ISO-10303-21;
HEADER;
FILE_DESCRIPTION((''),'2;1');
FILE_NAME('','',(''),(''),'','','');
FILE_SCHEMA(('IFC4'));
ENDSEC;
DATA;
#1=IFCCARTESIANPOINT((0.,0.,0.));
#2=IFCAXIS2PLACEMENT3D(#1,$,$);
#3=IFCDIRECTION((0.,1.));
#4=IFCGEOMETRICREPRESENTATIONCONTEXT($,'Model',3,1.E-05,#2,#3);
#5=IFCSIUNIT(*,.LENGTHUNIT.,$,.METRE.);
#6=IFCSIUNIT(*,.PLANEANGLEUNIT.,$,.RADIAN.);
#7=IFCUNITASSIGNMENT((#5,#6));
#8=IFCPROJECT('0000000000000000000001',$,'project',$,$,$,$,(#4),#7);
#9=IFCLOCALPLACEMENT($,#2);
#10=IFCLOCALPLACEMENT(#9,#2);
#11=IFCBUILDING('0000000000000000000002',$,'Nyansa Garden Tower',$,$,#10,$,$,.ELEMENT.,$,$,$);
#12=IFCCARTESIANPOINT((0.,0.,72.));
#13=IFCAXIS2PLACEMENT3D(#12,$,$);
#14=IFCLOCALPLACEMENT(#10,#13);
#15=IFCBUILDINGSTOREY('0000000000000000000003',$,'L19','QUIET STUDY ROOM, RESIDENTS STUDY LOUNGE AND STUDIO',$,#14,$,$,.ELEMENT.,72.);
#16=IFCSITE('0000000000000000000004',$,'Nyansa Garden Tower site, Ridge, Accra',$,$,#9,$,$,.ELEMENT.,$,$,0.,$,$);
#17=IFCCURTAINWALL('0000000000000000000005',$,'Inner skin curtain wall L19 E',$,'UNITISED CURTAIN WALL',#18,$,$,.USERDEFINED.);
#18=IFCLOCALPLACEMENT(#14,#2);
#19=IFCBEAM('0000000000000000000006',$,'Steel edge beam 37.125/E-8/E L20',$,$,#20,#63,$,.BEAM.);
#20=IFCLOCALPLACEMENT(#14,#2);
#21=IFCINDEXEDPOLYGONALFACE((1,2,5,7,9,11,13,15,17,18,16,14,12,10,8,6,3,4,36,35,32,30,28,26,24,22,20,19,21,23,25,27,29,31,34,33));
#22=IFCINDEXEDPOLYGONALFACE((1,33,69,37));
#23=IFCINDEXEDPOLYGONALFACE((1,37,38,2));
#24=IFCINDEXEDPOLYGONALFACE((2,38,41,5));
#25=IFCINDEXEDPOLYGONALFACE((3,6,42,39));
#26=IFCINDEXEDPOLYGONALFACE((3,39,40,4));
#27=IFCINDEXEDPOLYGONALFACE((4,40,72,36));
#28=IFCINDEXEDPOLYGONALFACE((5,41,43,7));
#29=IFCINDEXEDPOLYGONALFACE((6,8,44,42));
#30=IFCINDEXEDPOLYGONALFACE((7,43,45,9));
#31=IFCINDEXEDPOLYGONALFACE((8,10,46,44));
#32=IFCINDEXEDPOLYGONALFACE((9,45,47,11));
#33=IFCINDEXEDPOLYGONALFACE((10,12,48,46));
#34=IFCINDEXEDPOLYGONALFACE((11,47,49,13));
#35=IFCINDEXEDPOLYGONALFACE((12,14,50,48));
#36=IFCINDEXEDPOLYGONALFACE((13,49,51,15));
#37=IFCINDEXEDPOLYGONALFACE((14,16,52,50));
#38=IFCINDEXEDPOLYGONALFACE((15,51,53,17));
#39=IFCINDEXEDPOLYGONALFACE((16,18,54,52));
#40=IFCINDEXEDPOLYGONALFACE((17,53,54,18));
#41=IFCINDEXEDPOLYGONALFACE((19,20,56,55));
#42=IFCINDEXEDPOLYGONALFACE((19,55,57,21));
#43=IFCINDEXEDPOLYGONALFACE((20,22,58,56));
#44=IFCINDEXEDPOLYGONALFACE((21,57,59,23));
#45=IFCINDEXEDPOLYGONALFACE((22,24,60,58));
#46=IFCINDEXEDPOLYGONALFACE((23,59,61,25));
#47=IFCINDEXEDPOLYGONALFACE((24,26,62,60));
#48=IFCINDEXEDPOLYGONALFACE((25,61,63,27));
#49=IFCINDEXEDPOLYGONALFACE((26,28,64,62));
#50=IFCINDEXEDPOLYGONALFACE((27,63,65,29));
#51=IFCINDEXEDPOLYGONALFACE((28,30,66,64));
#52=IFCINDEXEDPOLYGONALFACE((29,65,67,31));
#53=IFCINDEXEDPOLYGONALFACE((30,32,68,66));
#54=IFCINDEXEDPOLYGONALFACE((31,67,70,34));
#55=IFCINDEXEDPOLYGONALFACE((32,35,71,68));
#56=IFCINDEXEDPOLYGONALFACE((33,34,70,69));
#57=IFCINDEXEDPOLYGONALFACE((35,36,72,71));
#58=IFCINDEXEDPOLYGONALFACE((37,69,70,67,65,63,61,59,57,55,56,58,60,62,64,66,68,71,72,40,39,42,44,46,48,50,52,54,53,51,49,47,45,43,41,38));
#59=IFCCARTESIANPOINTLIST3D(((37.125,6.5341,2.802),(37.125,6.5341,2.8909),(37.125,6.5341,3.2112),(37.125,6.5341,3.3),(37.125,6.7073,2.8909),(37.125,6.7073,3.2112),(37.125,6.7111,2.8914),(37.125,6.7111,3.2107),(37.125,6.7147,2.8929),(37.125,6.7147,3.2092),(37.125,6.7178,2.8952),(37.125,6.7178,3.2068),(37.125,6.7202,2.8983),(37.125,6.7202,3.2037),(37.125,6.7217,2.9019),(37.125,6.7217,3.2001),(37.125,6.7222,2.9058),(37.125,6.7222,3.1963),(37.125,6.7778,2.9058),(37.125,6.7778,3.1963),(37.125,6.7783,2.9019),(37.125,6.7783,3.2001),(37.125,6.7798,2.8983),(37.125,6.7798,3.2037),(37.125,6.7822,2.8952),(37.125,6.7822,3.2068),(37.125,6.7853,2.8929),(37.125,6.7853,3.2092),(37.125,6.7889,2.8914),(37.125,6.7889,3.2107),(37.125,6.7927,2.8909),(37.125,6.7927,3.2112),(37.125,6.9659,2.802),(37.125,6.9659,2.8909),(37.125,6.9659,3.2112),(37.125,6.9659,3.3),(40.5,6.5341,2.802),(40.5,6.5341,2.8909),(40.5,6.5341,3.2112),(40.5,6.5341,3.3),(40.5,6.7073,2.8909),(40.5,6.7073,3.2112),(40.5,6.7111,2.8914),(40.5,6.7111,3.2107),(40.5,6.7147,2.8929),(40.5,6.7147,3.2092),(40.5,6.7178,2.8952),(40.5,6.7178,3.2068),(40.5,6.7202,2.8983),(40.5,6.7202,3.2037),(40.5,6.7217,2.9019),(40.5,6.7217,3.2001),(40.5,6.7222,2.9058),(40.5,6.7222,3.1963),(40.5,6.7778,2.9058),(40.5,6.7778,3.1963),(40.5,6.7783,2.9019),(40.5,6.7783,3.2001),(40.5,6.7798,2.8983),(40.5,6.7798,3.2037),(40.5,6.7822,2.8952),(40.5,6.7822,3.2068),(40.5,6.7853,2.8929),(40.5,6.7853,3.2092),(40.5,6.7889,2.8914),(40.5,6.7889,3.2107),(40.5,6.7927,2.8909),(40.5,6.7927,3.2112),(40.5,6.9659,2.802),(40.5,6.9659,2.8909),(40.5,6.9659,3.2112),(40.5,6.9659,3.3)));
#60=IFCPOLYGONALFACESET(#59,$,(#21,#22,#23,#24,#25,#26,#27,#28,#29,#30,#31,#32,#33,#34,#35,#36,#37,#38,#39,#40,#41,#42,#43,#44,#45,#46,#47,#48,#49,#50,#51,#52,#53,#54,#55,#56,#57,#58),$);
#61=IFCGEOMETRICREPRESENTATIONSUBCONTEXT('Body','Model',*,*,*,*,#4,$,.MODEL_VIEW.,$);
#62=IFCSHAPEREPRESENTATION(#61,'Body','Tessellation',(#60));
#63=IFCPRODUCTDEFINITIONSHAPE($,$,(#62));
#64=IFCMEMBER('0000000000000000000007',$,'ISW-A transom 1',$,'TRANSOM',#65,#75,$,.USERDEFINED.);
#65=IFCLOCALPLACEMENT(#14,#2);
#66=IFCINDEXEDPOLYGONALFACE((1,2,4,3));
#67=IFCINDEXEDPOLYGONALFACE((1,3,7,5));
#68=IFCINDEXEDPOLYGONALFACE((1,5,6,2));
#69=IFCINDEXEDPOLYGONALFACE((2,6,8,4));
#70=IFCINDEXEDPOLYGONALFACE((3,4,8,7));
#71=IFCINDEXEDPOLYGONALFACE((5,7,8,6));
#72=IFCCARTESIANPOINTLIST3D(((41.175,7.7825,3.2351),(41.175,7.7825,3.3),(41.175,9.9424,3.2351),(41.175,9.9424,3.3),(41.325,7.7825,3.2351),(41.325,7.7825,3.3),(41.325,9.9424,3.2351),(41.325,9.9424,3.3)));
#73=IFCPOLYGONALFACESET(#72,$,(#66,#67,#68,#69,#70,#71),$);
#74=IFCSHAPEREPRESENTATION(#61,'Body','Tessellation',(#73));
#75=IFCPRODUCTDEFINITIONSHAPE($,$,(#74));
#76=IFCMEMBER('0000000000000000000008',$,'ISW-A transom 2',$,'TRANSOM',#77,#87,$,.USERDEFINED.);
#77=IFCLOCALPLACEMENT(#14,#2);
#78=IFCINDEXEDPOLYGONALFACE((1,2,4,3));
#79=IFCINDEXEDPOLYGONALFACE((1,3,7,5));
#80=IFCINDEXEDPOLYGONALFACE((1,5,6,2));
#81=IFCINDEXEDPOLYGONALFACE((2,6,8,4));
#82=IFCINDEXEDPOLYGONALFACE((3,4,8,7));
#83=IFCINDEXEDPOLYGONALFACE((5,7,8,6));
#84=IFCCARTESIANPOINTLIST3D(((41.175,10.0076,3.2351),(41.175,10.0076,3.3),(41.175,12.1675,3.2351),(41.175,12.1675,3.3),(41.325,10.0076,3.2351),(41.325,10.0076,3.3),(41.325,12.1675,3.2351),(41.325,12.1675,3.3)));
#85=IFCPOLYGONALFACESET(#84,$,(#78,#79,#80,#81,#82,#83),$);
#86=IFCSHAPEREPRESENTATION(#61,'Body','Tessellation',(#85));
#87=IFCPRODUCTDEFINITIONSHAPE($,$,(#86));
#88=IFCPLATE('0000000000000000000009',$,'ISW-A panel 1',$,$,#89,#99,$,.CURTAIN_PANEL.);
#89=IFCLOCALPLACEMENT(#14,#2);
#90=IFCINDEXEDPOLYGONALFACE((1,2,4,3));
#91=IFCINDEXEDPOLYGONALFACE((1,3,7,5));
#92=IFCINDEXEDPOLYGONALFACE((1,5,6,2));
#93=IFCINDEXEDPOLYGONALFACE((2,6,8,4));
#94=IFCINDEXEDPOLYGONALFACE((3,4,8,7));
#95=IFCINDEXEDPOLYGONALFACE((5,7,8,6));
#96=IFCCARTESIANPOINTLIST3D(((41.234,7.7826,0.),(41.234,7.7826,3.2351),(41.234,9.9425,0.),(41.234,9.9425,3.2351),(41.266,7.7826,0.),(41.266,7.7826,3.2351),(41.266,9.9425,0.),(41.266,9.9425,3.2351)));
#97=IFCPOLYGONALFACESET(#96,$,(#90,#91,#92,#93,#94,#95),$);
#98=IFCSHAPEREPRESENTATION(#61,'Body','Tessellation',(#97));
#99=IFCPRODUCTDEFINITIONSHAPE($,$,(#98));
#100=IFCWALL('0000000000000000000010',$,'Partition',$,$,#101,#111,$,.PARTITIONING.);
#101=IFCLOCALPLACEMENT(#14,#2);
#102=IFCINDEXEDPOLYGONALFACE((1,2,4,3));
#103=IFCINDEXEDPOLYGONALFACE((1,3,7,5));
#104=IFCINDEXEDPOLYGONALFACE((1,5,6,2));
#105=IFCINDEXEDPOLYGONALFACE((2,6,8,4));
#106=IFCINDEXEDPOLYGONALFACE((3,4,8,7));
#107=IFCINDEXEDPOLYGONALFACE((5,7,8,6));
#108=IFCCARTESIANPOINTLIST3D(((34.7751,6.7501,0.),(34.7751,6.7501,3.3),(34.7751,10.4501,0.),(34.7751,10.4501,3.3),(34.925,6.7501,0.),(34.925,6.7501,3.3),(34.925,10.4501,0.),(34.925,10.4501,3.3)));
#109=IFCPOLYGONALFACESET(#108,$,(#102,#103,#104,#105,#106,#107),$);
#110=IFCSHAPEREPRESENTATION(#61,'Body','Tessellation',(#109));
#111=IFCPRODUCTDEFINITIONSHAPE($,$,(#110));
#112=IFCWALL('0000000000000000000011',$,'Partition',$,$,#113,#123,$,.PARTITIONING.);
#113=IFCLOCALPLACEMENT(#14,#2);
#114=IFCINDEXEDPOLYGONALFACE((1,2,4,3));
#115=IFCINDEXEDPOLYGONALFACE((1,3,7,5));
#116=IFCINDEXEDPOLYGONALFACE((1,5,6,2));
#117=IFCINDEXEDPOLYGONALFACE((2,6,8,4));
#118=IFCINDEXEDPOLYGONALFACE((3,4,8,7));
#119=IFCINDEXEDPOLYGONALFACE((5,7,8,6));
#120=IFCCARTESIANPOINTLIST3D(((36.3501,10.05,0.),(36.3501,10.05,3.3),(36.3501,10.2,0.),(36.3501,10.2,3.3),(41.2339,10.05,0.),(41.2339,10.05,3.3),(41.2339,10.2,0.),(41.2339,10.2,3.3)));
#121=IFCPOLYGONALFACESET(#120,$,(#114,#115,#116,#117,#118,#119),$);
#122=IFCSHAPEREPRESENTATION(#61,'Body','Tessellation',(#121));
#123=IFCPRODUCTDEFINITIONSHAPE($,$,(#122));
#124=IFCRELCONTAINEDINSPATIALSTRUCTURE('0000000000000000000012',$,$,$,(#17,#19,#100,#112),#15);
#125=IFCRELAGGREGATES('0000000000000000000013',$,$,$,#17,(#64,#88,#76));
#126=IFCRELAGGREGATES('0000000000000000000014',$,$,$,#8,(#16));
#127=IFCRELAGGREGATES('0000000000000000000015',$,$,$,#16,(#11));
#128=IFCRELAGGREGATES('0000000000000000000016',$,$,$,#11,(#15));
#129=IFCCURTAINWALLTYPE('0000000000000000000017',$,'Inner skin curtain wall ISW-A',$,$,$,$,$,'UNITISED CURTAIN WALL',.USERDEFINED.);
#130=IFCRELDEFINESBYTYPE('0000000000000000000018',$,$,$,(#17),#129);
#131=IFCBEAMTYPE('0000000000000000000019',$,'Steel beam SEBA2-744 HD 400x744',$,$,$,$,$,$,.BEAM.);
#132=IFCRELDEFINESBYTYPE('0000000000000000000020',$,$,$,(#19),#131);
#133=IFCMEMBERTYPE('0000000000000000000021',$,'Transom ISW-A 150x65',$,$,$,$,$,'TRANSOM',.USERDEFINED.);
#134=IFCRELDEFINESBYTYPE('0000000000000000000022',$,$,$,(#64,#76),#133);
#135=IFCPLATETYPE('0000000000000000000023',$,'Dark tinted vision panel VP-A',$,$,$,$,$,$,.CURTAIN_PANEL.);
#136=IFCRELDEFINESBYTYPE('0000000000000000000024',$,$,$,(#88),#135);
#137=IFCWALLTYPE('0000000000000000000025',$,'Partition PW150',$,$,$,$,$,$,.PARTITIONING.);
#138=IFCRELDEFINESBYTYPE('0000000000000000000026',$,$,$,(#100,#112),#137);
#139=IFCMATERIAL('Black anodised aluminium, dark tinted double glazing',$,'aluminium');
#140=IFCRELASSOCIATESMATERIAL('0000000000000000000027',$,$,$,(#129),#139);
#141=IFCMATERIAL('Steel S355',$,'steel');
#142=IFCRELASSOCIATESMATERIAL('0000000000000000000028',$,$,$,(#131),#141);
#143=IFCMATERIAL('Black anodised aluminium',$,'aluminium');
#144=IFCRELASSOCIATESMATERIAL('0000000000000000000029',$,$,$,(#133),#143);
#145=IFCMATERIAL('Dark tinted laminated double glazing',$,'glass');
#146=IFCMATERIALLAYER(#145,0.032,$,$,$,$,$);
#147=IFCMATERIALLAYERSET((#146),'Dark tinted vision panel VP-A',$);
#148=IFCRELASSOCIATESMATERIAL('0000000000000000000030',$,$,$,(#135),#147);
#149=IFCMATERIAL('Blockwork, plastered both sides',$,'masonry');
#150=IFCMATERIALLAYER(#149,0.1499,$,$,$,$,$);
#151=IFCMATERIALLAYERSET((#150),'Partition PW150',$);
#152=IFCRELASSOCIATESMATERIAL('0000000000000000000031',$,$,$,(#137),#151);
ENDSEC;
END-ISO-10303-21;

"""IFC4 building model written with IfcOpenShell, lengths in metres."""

from ifc_helpers import new_model, si_unit, direction, frame, frame_2d, origin, origin_2d, place, context, subcontext, project, spatial, rectangle, i_section, extrude, material, layer, layer_set, material_profile, profile_set, type_object, element, aggregate, save


model = new_model("IFC4")

# Units and contexts
model_context = context("Model", 3, precision=1e-05, world=origin(), true_north=direction((0.0, 1.0)))
body_context = subcontext(model_context, "Body", "Model", "MODEL_VIEW")
ifc_project = project(units=[si_unit("LENGTHUNIT", "METRE"), si_unit("PLANEANGLEUNIT", "RADIAN")], contexts=[model_context])

# Site, building, storey
site_placement = place(None, origin())
site = spatial("IfcSite", under=ifc_project, at=site_placement, Name="Nyansa Garden Tower site, Ridge, Accra", CompositionType="ELEMENT", RefElevation=0.0)
building_placement = place(site_placement, origin())
building = spatial("IfcBuilding", under=site, at=building_placement, Name="Nyansa Garden Tower", CompositionType="ELEMENT")
storey_placement = place(building_placement, frame((0.0, 0.0, 72.0)))
storey = spatial("IfcBuildingStorey", under=building, at=storey_placement, Name="L19", Description="QUIET STUDY ROOM, RESIDENTS STUDY LOUNGE AND STUDIO", CompositionType="ELEMENT", Elevation=72.0)

# Curtain wall
ifc_material_1 = material(Name="Black anodised aluminium, dark tinted double glazing", Category="aluminium")
curtain_wall_type = type_object("IfcCurtainWallType", Name="Inner skin curtain wall ISW-A", ElementType="UNITISED CURTAIN WALL", PredefinedType="USERDEFINED", material=ifc_material_1)
curtain_wall_placement = place(storey_placement, origin())
curtain_wall = element("IfcCurtainWall", 1, at=curtain_wall_placement, inside=storey, type_object=curtain_wall_type, Name="Inner skin curtain wall L19 E", ObjectType="UNITISED CURTAIN WALL", PredefinedType="USERDEFINED")

# Beam
ifc_material_2 = material(Name="Steel S355", Category="steel")
ifc_material_profile_1 = material_profile(ifc_material_2, i_section(OverallWidth=0.4319, OverallDepth=0.498, WebThickness=0.0557, FlangeThickness=0.0889, FilletRadius=0.0149, at=origin_2d()), Name="HD 400x744")
ifc_profile_set_1 = profile_set([ifc_material_profile_1], Name="Steel S355")
beam_type_1 = type_object("IfcBeamType", Name="Steel beam SEBA2-744 HD 400x744", PredefinedType="BEAM", material=ifc_profile_set_1)
beam_1_placement = place(storey_placement, frame((37.125, 6.75, 3.051), z_axis=(1.0, 0.0, 0.0), x_axis=(0.0, 1.0, 0.0)))
element("IfcBeam", 2, at=beam_1_placement, inside=storey, type_object=beam_type_1, Name="Steel edge beam 37.125/E-8/E L20", PredefinedType="BEAM", context=body_context, shape_type="SweptSolid", body=[
    extrude(i_section(OverallWidth=0.4319, OverallDepth=0.498, WebThickness=0.0557, FlangeThickness=0.0889, FilletRadius=0.0149, at=origin_2d()), origin(), (0.0, 0.0, 1.0), 3.375),
])

# Members
ifc_material_3 = material(Name="Black anodised aluminium", Category="aluminium")
ifc_material_profile_2 = material_profile(ifc_material_3, rectangle(XDim=0.1499, YDim=0.0649, at=origin_2d()), Name="Transom 150x65")
ifc_profile_set_2 = profile_set([ifc_material_profile_2], Name="Black anodised aluminium")
member_type_1 = type_object("IfcMemberType", Name="Transom ISW-A 150x65", ElementType="TRANSOM", PredefinedType="USERDEFINED", material=ifc_profile_set_2)
member_1_placement = place(storey_placement, frame((41.25, 7.7825, 3.2676), z_axis=(0.0, 1.0, 0.0), x_axis=(-1.0, 0.0, 0.0)))
member_1 = element("IfcMember", 3, at=member_1_placement, type_object=member_type_1, Name="ISW-A transom 1", ObjectType="TRANSOM", PredefinedType="USERDEFINED", context=body_context, shape_type="SweptSolid", body=[
    extrude(rectangle(XDim=0.1499, YDim=0.0649, at=origin_2d()), origin(), (0.0, 0.0, 1.0), 2.1599),
])
member_2_placement = place(storey_placement, frame((41.25, 10.0076, 3.2676), z_axis=(0.0, 1.0, 0.0), x_axis=(-1.0, 0.0, 0.0)))
member_2 = element("IfcMember", 4, at=member_2_placement, type_object=member_type_1, Name="ISW-A transom 2", ObjectType="TRANSOM", PredefinedType="USERDEFINED", context=body_context, shape_type="SweptSolid", body=[
    extrude(rectangle(XDim=0.1499, YDim=0.0649, at=origin_2d()), origin(), (0.0, 0.0, 1.0), 2.1599),
])

# Plate
ifc_material_4 = material(Name="Dark tinted laminated double glazing", Category="glass")
ifc_layer_1 = layer(ifc_material_4, 0.032)
ifc_layer_set_1 = layer_set([ifc_layer_1], Name="Dark tinted vision panel VP-A")
plate_type = type_object("IfcPlateType", Name="Dark tinted vision panel VP-A", PredefinedType="CURTAIN_PANEL", material=ifc_layer_set_1)
plate_placement = place(storey_placement, frame((41.25, 8.8625, 0.0), z_axis=(0.0, 0.0, 1.0), x_axis=(0.0, 1.0, 0.0)))
plate = element("IfcPlate", 5, at=plate_placement, type_object=plate_type, Name="ISW-A panel 1", PredefinedType="CURTAIN_PANEL", context=body_context, shape_type="SweptSolid", body=[
    extrude(rectangle(XDim=2.1599, YDim=0.032, at=origin_2d()), origin(), (0.0, 0.0, 1.0), 3.2351),
])
aggregate(curtain_wall, [member_1, plate, member_2])

# Walls
ifc_material_5 = material(Name="Blockwork, plastered both sides", Category="masonry")
ifc_layer_2 = layer(ifc_material_5, 0.1499)
ifc_layer_set_2 = layer_set([ifc_layer_2], Name="Partition PW150")
wall_type_1 = type_object("IfcWallType", Name="Partition PW150", PredefinedType="PARTITIONING", material=ifc_layer_set_2)
wall_1_placement = place(storey_placement, frame((34.8501, 6.75, 0.0), z_axis=(0.0, 0.0, 1.0), x_axis=(0.0, 1.0, 0.0)))
element("IfcWall", 6, at=wall_1_placement, inside=storey, type_object=wall_type_1, Name="Partition", PredefinedType="PARTITIONING", context=body_context, shape_type="SweptSolid", body=[
    extrude(rectangle(XDim=3.7, YDim=0.1499, at=frame_2d((1.8501, 0.0))), origin(), (0.0, 0.0, 1.0), 3.3),
])
wall_2_placement = place(storey_placement, frame((36.3501, 10.125, 0.0), z_axis=(0.0, 0.0, 1.0), x_axis=(1.0, 0.0, 0.0)))
element("IfcWall", 7, at=wall_2_placement, inside=storey, type_object=wall_type_1, Name="Partition", PredefinedType="PARTITIONING", context=body_context, shape_type="SweptSolid", body=[
    extrude(rectangle(XDim=4.8838, YDim=0.1499, at=frame_2d((2.4419, 0.0))), origin(), (0.0, 0.0, 1.0), 3.3),
])

save(model, "model.ifc")
